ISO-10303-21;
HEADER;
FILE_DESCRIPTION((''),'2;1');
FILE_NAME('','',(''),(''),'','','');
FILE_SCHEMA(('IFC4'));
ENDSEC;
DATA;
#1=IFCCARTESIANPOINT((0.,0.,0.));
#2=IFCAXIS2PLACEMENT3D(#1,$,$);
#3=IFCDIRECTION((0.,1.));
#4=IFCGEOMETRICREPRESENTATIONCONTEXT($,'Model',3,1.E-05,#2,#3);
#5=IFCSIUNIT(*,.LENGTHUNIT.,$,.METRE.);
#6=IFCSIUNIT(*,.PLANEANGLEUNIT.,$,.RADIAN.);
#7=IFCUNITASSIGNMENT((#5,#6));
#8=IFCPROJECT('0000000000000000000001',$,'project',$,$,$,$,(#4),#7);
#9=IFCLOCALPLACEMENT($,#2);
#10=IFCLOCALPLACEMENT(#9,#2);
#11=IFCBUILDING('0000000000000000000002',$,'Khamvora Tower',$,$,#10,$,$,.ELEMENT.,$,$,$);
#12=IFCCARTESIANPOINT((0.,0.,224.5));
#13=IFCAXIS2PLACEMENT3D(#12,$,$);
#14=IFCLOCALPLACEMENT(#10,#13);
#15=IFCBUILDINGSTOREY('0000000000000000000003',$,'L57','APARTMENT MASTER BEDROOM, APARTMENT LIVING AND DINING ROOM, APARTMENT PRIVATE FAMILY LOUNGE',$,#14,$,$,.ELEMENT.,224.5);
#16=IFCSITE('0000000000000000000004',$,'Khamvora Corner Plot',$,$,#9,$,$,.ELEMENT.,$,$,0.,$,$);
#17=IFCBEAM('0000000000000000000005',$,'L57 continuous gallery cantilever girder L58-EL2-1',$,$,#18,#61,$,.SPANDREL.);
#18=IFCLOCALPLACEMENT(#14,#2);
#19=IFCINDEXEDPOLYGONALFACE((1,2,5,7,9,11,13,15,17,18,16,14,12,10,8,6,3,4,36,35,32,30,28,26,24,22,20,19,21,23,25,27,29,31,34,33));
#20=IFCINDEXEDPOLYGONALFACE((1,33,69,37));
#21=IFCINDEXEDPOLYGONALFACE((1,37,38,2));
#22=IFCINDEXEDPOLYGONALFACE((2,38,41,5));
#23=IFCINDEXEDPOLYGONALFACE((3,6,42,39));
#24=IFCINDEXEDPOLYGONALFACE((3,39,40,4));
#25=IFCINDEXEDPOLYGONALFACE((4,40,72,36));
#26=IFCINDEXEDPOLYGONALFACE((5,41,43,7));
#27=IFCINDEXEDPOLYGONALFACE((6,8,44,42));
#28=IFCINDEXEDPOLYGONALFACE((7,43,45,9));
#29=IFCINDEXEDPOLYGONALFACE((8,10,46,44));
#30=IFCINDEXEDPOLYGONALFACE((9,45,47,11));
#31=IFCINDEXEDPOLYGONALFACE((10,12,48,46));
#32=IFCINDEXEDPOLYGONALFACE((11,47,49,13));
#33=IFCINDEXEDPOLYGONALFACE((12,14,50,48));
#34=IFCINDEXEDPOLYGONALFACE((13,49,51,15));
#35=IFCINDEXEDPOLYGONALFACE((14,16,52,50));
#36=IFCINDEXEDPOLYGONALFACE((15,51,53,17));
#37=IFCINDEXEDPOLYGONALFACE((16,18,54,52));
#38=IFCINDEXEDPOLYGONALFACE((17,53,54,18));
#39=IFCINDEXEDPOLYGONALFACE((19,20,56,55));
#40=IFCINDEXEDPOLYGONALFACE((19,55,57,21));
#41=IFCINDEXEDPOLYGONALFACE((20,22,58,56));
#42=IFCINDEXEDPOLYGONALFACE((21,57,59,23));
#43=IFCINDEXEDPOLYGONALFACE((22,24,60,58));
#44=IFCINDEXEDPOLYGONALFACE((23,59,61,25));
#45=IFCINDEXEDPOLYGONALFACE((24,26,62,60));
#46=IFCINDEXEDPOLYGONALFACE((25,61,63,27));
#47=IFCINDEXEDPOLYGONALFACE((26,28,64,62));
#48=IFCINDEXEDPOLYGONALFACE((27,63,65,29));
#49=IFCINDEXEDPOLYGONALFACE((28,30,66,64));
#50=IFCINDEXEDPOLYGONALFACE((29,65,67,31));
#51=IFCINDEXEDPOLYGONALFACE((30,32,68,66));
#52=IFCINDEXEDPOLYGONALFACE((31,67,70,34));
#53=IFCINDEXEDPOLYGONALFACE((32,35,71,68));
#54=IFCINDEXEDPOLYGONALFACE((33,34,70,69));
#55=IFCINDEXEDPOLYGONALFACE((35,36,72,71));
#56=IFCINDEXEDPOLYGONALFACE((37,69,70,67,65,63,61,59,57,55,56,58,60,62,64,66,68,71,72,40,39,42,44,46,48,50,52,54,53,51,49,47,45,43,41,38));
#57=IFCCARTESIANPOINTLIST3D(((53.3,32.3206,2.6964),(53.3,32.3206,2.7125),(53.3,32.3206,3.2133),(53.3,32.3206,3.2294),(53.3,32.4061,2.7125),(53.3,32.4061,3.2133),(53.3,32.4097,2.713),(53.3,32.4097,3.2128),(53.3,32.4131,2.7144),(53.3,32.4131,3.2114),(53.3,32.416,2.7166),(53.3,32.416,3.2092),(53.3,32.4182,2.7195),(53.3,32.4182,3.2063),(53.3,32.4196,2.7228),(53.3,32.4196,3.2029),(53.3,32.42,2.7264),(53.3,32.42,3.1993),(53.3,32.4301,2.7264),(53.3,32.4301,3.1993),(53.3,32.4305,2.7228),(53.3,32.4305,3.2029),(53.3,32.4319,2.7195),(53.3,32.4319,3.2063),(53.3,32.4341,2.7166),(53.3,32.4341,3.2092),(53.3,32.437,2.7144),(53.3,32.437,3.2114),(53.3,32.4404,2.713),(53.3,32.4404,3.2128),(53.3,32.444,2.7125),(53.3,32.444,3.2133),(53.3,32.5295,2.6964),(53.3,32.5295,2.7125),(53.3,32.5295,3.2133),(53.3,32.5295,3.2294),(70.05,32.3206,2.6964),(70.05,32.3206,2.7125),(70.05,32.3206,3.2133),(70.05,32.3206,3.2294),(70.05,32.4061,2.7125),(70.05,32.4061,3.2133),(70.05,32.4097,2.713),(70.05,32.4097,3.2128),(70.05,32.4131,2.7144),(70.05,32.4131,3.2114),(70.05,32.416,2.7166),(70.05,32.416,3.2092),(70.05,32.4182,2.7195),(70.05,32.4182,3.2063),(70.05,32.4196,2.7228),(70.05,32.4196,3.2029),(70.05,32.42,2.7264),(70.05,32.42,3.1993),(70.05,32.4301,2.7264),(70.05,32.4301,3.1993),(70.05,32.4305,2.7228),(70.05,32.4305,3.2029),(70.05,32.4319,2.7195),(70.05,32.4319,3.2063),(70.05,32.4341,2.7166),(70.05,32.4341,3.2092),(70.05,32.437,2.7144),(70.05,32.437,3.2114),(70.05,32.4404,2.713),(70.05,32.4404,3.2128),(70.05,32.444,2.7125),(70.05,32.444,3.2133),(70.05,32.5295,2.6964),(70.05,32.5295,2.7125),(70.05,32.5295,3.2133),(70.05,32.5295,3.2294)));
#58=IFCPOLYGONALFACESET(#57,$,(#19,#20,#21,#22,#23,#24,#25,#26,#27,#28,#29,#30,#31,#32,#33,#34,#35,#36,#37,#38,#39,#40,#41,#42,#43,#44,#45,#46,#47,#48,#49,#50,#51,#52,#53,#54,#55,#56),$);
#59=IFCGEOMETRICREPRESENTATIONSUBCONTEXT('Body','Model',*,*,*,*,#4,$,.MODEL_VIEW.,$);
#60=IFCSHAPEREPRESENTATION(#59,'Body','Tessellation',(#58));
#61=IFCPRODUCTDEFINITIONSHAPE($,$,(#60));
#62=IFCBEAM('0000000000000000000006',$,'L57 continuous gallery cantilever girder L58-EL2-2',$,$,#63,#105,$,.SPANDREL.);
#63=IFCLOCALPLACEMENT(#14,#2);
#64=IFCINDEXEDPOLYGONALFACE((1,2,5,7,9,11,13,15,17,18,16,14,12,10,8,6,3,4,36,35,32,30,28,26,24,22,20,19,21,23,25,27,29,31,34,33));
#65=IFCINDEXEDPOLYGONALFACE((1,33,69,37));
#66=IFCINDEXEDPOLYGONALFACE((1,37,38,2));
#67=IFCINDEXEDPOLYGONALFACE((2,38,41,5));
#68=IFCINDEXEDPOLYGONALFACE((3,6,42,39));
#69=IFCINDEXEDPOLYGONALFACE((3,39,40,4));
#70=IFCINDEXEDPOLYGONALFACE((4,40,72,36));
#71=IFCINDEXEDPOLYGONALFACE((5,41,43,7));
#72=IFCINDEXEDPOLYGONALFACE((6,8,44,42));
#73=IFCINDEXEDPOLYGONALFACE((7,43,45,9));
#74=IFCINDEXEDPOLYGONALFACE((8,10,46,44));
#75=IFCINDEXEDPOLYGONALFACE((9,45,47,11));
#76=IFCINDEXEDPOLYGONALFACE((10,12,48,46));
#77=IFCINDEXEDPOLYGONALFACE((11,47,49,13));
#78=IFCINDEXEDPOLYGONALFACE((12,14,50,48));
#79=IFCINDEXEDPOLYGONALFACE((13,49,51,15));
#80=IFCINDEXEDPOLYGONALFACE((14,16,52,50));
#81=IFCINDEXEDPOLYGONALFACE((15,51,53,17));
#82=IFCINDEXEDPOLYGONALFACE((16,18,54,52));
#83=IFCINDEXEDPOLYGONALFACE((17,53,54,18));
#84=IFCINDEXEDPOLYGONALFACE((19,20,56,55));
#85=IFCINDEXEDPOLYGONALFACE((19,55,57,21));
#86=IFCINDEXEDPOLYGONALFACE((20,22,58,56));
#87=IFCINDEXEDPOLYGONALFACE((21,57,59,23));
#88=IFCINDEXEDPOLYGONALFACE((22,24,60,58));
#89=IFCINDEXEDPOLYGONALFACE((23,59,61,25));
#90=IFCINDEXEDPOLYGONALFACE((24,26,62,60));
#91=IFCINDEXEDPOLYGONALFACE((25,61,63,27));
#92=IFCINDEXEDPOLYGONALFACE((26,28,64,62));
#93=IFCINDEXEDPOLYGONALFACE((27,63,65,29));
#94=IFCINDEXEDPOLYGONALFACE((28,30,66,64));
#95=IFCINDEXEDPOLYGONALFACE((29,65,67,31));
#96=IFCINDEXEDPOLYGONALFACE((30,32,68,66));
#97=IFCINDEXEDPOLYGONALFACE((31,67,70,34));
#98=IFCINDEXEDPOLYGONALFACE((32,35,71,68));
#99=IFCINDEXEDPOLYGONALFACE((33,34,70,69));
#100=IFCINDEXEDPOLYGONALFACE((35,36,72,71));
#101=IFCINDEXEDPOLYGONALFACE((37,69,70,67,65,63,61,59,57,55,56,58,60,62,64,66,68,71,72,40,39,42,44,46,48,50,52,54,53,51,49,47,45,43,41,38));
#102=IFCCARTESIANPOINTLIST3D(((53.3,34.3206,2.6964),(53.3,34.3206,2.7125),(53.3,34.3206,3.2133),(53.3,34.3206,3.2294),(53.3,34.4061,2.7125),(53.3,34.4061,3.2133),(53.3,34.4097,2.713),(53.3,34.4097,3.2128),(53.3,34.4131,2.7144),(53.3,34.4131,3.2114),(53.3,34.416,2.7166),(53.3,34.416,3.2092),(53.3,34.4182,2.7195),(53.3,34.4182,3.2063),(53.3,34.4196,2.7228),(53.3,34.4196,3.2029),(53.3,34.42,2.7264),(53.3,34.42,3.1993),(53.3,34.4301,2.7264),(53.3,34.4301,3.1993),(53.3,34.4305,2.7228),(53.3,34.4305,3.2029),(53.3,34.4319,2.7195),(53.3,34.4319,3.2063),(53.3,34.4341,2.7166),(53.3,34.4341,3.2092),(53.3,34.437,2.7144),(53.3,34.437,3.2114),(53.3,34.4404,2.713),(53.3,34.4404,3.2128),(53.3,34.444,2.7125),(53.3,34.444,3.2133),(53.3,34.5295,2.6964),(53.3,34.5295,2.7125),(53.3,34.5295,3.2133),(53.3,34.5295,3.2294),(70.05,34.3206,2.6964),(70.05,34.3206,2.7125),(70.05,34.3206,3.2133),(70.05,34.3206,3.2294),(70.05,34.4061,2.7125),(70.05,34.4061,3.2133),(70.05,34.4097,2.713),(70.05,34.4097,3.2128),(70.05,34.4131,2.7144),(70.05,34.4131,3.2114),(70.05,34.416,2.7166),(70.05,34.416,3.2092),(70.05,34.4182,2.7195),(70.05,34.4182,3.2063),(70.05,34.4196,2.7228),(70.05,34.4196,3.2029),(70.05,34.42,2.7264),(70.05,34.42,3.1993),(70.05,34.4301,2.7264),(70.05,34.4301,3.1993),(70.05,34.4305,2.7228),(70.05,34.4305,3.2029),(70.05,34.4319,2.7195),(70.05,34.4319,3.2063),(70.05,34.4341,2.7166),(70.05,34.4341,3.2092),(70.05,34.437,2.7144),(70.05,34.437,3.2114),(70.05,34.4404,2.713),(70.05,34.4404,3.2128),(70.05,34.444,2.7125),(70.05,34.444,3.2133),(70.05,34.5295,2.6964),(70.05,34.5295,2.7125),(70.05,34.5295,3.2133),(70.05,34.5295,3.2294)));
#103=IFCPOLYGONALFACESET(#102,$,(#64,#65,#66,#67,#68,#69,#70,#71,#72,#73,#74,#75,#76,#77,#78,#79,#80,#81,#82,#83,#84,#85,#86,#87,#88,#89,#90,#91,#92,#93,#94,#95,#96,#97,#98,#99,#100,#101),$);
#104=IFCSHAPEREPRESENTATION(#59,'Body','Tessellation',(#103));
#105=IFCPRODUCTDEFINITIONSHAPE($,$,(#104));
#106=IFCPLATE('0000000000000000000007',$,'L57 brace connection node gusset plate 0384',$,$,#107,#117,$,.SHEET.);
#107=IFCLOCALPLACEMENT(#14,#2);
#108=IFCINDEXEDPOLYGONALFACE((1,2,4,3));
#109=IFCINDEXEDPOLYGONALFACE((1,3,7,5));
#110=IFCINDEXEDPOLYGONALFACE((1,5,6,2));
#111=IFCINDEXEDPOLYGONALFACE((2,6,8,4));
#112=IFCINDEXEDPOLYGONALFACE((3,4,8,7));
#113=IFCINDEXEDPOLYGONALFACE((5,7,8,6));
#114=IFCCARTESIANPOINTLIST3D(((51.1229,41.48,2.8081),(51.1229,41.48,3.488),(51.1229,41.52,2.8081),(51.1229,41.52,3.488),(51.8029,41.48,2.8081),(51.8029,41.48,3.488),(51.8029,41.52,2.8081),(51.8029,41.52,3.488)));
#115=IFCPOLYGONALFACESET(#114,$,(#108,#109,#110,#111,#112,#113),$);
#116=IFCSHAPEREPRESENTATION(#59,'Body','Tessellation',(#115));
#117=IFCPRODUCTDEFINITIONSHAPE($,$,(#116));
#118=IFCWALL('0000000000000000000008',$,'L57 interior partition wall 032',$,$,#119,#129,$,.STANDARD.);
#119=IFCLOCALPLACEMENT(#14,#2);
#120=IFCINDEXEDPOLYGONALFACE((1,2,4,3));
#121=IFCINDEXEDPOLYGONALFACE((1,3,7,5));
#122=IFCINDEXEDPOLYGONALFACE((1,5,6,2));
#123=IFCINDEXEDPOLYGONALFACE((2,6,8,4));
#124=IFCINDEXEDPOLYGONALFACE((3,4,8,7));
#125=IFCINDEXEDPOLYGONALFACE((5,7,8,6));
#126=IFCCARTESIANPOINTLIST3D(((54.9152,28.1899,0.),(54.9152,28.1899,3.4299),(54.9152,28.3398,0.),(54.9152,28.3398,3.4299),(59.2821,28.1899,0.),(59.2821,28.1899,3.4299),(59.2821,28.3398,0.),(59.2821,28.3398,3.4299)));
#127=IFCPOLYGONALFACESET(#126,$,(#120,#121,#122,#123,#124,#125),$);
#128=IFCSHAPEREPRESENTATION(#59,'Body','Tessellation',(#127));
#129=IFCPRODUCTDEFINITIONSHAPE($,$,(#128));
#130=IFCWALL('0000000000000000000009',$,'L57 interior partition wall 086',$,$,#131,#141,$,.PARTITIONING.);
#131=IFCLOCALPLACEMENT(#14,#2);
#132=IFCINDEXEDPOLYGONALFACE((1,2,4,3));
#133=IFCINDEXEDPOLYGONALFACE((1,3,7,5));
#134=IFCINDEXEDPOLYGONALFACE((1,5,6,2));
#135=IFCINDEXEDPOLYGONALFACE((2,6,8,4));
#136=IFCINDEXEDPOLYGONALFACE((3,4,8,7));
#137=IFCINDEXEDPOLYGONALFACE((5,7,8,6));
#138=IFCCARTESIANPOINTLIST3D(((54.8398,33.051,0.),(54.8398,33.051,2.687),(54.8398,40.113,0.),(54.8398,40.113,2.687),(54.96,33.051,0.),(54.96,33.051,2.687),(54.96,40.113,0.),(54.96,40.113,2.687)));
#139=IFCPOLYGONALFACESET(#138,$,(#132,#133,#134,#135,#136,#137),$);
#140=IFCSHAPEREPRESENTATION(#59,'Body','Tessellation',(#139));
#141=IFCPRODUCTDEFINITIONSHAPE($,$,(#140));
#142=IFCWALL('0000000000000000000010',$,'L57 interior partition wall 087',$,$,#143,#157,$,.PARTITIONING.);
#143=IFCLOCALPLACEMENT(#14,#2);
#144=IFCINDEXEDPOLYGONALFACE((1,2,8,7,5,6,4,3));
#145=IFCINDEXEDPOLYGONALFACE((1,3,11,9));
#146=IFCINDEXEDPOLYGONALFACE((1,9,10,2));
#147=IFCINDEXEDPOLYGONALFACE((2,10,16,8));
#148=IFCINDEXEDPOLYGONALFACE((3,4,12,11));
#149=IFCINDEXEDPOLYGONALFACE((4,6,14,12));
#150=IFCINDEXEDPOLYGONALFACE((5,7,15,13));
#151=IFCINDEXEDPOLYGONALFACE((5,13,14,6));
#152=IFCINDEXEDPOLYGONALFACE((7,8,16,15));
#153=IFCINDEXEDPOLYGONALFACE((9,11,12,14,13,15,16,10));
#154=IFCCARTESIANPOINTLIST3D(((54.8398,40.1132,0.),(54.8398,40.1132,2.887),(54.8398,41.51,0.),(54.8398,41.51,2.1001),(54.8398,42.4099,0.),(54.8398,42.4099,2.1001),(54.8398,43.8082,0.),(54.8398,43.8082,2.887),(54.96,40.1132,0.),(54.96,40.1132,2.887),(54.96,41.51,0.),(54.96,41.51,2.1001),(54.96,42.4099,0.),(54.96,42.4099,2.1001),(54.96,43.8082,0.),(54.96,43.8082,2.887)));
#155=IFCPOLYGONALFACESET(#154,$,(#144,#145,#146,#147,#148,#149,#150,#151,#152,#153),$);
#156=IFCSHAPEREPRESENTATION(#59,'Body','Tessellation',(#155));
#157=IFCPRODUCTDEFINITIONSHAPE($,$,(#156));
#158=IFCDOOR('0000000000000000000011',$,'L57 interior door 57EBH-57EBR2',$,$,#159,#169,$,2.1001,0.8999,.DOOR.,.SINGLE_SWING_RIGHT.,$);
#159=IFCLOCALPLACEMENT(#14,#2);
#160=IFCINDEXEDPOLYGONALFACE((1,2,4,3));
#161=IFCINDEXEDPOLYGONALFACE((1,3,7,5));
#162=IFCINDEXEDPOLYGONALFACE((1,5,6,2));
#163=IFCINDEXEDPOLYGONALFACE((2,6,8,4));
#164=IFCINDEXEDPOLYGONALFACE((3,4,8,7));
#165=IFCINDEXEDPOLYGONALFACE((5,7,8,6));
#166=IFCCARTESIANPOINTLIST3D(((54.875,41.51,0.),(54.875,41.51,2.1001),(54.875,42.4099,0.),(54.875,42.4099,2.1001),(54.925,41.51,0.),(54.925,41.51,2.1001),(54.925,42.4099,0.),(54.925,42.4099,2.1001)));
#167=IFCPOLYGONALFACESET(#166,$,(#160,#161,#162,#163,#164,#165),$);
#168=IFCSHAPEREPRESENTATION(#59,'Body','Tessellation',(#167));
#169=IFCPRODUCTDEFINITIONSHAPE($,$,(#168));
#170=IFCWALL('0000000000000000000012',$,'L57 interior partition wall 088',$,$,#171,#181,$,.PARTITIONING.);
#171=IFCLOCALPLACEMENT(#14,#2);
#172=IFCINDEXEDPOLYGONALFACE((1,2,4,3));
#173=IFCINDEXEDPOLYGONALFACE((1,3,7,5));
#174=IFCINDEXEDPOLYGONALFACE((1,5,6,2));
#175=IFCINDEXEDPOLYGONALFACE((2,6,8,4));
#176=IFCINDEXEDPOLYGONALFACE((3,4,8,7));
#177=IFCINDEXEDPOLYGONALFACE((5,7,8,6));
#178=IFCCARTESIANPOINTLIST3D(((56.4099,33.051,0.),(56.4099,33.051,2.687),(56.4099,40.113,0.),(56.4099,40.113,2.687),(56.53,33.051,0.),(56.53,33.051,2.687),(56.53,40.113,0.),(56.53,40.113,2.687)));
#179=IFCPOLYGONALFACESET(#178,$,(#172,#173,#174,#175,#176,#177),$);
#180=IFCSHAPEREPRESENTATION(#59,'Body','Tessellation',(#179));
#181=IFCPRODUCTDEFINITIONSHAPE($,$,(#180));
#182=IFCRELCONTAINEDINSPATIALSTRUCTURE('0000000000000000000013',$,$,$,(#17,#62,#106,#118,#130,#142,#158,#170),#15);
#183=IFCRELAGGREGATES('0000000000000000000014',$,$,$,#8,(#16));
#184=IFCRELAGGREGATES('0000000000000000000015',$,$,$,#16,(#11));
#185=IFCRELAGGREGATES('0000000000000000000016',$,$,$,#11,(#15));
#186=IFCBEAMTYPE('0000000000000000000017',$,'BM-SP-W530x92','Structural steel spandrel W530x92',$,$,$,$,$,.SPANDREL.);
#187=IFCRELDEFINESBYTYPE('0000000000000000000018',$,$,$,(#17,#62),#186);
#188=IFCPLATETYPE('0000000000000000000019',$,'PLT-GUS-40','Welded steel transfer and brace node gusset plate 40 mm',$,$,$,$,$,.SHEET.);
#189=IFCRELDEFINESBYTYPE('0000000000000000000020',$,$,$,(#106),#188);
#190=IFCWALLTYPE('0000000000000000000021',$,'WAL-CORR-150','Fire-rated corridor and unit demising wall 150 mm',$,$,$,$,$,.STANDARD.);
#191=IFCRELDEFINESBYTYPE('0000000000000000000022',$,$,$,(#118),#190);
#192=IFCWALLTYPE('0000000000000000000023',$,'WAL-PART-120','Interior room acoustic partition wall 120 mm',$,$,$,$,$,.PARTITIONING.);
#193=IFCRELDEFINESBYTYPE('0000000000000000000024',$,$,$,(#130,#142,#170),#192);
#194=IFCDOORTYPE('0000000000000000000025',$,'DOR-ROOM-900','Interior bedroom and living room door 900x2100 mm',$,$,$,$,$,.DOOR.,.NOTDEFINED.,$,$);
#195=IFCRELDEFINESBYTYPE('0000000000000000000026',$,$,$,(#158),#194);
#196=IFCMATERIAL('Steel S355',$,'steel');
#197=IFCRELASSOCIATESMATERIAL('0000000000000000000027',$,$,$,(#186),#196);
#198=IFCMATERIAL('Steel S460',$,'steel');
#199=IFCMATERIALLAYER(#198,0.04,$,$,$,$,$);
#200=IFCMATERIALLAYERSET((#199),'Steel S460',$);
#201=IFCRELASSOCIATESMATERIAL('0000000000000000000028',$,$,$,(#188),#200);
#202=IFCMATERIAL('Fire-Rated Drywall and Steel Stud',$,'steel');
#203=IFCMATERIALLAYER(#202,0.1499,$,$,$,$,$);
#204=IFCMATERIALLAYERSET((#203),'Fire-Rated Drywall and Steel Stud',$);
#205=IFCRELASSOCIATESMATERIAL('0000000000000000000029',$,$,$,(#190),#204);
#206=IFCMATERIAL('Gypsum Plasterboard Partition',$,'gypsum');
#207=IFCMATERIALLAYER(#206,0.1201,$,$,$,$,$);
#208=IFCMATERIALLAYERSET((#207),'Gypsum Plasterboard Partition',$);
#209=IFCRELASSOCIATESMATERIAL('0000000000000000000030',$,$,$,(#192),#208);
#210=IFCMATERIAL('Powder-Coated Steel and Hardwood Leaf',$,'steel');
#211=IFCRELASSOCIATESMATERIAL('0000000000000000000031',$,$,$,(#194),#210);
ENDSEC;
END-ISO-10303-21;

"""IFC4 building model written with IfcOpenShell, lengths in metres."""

from ifc_helpers import new_model, si_unit, direction, frame, frame_2d, origin, origin_2d, place, context, subcontext, project, spatial, rectangle, i_section, extrude, material, layer, layer_set, material_profile, profile_set, type_object, element, fill, save


model = new_model("IFC4")

# Units and contexts
model_context = context("Model", 3, precision=1e-05, world=origin(), true_north=direction((0.0, 1.0)))
body_context = subcontext(model_context, "Body", "Model", "MODEL_VIEW")
ifc_project = project(units=[si_unit("LENGTHUNIT", "METRE"), si_unit("PLANEANGLEUNIT", "RADIAN")], contexts=[model_context])

# Site, building, storey
site_placement = place(None, origin())
site = spatial("IfcSite", under=ifc_project, at=site_placement, Name="Khamvora Corner Plot", CompositionType="ELEMENT", RefElevation=0.0)
building_placement = place(site_placement, origin())
building = spatial("IfcBuilding", under=site, at=building_placement, Name="Khamvora Tower", CompositionType="ELEMENT")
storey_placement = place(building_placement, frame((0.0, 0.0, 224.5)))
storey = spatial("IfcBuildingStorey", under=building, at=storey_placement, Name="L57", Description="APARTMENT MASTER BEDROOM, APARTMENT LIVING AND DINING ROOM, APARTMENT PRIVATE FAMILY LOUNGE", CompositionType="ELEMENT", Elevation=224.5)

# Shared definitions
ifc_material_1 = material(Name="Steel S355", Category="steel")

# Beams
ifc_material_profile_1 = material_profile(ifc_material_1, i_section(OverallWidth=0.209, OverallDepth=0.533, WebThickness=0.01, FlangeThickness=0.0161, FilletRadius=0.0139, at=origin_2d()), Name="W530x92")
ifc_profile_set_1 = profile_set([ifc_material_profile_1], Name="Steel S355")
beam_type_1 = type_object("IfcBeamType", Name="BM-SP-W530x92", Description="Structural steel spandrel W530x92", PredefinedType="SPANDREL", material=ifc_profile_set_1)
for number, where, z_axis, x_axis, name in (
    (1, (53.3, 32.425, 2.9629), (1.0, 0.0, 0.0), (0.0, 1.0, 0.0), "L57 continuous gallery cantilever girder L58-EL2-1"),
    (2, (53.3, 34.425, 2.9629), (1.0, 0.0, 0.0), (0.0, 1.0, 0.0), "L57 continuous gallery cantilever girder L58-EL2-2"),
):
    element("IfcBeam", number, at=place(storey_placement, frame(where, z_axis=z_axis, x_axis=x_axis)), inside=storey, type_object=beam_type_1, Name=name, PredefinedType="SPANDREL", context=body_context, shape_type="SweptSolid", body=[
        extrude(i_section(OverallWidth=0.209, OverallDepth=0.533, WebThickness=0.01, FlangeThickness=0.0161, FilletRadius=0.0139, at=origin_2d()), origin(), (0.0, 0.0, 1.0), 16.75),
    ])

# Plate
ifc_material_2 = material(Name="Steel S460", Category="steel")
ifc_layer_1 = layer(ifc_material_2, 0.04)
ifc_layer_set_1 = layer_set([ifc_layer_1], Name="Steel S460")
plate_type = type_object("IfcPlateType", Name="PLT-GUS-40", Description="Welded steel transfer and brace node gusset plate 40 mm", PredefinedType="SHEET", material=ifc_layer_set_1)
plate_placement = place(storey_placement, frame((51.4629, 41.5, 2.8081), z_axis=(0.0, 0.0, 1.0), x_axis=(1.0, 0.0, 0.0)))
element("IfcPlate", 3, at=plate_placement, inside=storey, type_object=plate_type, Name="L57 brace connection node gusset plate 0384", PredefinedType="SHEET", context=body_context, shape_type="SweptSolid", body=[
    extrude(rectangle(XDim=0.6799, YDim=0.04, at=origin_2d()), origin(), (0.0, 0.0, 1.0), 0.6799),
])

# Shared definitions
ifc_material_3 = material(Name="Fire-Rated Drywall and Steel Stud", Category="steel")
ifc_layer_2 = layer(ifc_material_3, 0.1499)
ifc_layer_set_2 = layer_set([ifc_layer_2], Name="Fire-Rated Drywall and Steel Stud")
wall_type_1 = type_object("IfcWallType", Name="WAL-CORR-150", Description="Fire-rated corridor and unit demising wall 150 mm", PredefinedType="STANDARD", material=ifc_layer_set_2)
ifc_material_4 = material(Name="Powder-Coated Steel and Hardwood Leaf", Category="steel")

# Walls
wall_1_placement = place(storey_placement, frame((54.915, 28.2649, 0.0), z_axis=(0.0, 0.0, 1.0), x_axis=(1.0, 0.0, 0.0)))
element("IfcWall", 4, at=wall_1_placement, inside=storey, type_object=wall_type_1, Name="L57 interior partition wall 032", PredefinedType="STANDARD", context=body_context, shape_type="SweptSolid", body=[
    extrude(rectangle(XDim=4.3669, YDim=0.1499, at=frame_2d((2.1836, 0.0))), origin(), (0.0, 0.0, 1.0), 3.4299),
])
ifc_material_5 = material(Name="Gypsum Plasterboard Partition", Category="gypsum")
ifc_layer_3 = layer(ifc_material_5, 0.1201)
ifc_layer_set_3 = layer_set([ifc_layer_3], Name="Gypsum Plasterboard Partition")
wall_type_2 = type_object("IfcWallType", Name="WAL-PART-120", Description="Interior room acoustic partition wall 120 mm", PredefinedType="PARTITIONING", material=ifc_layer_set_3)
wall_2_placement = place(storey_placement, frame((54.8999, 33.051, 0.0), z_axis=(0.0, 0.0, 1.0), x_axis=(0.0, 1.0, 0.0)))
element("IfcWall", 5, at=wall_2_placement, inside=storey, type_object=wall_type_2, Name="L57 interior partition wall 086", PredefinedType="PARTITIONING", context=body_context, shape_type="SweptSolid", body=[
    extrude(rectangle(XDim=7.062, YDim=0.1201, at=frame_2d((3.531, 0.0))), origin(), (0.0, 0.0, 1.0), 2.687),
])

# Wall, opening, door
wall_3_placement = place(storey_placement, frame((54.8999, 40.113, 0.0), z_axis=(0.0, 0.0, 1.0), x_axis=(0.0, 1.0, 0.0)))
wall_3 = element("IfcWall", 6, at=wall_3_placement, inside=storey, type_object=wall_type_2, Name="L57 interior partition wall 087", PredefinedType="PARTITIONING", context=body_context, shape_type="SweptSolid", body=[
    extrude(rectangle(XDim=3.6951, YDim=0.1201, at=frame_2d((1.8477, 0.0))), origin(), (0.0, 0.0, 1.0), 2.887),
])
opening_1_placement = place(wall_3_placement, frame((1.397, 0.0, 0.0)))
opening_1 = element("IfcOpeningElement", 7, at=opening_1_placement, cuts=wall_3, PredefinedType="OPENING", context=body_context, shape_type="SweptSolid", body=[
    extrude(rectangle(XDim=0.8999, YDim=2.1001, at=frame_2d((0.45, 1.05))), frame((0.0, 0.0701, 0.0), z_axis=(0.0, -1.0, 0.0), x_axis=(1.0, 0.0, 0.0)), (0.0, 0.0, 1.0), 0.1401),
])
door_type_1 = type_object("IfcDoorType", Name="DOR-ROOM-900", Description="Interior bedroom and living room door 900x2100 mm", OperationType="NOTDEFINED", PredefinedType="DOOR", material=ifc_material_4)
door_1_placement = place(opening_1_placement, origin())
door_1 = element("IfcDoor", 8, at=door_1_placement, inside=storey, type_object=door_type_1, Name="L57 interior door 57EBH-57EBR2", OperationType="SINGLE_SWING_RIGHT", OverallHeight=2.1001, OverallWidth=0.8999, PredefinedType="DOOR", context=body_context, shape_type="SweptSolid", body=[
    extrude(rectangle(XDim=0.8999, YDim=2.1001, at=frame_2d((0.45, 1.05))), frame((0.0, 0.0249, 0.0), z_axis=(0.0, -1.0, 0.0), x_axis=(1.0, 0.0, 0.0)), (0.0, 0.0, 1.0), 0.05),
])
fill(opening_1, door_1)

# Wall
wall_4_placement = place(storey_placement, frame((56.47, 40.113, 0.0), z_axis=(0.0, 0.0, 1.0), x_axis=(0.0, -1.0, 0.0)))
element("IfcWall", 9, at=wall_4_placement, inside=storey, type_object=wall_type_2, Name="L57 interior partition wall 088", PredefinedType="PARTITIONING", context=body_context, shape_type="SweptSolid", body=[
    extrude(rectangle(XDim=7.062, YDim=0.1201, at=frame_2d((3.531, 0.0))), origin(), (0.0, 0.0, 1.0), 2.687),
])

save(model, "model.ifc")
